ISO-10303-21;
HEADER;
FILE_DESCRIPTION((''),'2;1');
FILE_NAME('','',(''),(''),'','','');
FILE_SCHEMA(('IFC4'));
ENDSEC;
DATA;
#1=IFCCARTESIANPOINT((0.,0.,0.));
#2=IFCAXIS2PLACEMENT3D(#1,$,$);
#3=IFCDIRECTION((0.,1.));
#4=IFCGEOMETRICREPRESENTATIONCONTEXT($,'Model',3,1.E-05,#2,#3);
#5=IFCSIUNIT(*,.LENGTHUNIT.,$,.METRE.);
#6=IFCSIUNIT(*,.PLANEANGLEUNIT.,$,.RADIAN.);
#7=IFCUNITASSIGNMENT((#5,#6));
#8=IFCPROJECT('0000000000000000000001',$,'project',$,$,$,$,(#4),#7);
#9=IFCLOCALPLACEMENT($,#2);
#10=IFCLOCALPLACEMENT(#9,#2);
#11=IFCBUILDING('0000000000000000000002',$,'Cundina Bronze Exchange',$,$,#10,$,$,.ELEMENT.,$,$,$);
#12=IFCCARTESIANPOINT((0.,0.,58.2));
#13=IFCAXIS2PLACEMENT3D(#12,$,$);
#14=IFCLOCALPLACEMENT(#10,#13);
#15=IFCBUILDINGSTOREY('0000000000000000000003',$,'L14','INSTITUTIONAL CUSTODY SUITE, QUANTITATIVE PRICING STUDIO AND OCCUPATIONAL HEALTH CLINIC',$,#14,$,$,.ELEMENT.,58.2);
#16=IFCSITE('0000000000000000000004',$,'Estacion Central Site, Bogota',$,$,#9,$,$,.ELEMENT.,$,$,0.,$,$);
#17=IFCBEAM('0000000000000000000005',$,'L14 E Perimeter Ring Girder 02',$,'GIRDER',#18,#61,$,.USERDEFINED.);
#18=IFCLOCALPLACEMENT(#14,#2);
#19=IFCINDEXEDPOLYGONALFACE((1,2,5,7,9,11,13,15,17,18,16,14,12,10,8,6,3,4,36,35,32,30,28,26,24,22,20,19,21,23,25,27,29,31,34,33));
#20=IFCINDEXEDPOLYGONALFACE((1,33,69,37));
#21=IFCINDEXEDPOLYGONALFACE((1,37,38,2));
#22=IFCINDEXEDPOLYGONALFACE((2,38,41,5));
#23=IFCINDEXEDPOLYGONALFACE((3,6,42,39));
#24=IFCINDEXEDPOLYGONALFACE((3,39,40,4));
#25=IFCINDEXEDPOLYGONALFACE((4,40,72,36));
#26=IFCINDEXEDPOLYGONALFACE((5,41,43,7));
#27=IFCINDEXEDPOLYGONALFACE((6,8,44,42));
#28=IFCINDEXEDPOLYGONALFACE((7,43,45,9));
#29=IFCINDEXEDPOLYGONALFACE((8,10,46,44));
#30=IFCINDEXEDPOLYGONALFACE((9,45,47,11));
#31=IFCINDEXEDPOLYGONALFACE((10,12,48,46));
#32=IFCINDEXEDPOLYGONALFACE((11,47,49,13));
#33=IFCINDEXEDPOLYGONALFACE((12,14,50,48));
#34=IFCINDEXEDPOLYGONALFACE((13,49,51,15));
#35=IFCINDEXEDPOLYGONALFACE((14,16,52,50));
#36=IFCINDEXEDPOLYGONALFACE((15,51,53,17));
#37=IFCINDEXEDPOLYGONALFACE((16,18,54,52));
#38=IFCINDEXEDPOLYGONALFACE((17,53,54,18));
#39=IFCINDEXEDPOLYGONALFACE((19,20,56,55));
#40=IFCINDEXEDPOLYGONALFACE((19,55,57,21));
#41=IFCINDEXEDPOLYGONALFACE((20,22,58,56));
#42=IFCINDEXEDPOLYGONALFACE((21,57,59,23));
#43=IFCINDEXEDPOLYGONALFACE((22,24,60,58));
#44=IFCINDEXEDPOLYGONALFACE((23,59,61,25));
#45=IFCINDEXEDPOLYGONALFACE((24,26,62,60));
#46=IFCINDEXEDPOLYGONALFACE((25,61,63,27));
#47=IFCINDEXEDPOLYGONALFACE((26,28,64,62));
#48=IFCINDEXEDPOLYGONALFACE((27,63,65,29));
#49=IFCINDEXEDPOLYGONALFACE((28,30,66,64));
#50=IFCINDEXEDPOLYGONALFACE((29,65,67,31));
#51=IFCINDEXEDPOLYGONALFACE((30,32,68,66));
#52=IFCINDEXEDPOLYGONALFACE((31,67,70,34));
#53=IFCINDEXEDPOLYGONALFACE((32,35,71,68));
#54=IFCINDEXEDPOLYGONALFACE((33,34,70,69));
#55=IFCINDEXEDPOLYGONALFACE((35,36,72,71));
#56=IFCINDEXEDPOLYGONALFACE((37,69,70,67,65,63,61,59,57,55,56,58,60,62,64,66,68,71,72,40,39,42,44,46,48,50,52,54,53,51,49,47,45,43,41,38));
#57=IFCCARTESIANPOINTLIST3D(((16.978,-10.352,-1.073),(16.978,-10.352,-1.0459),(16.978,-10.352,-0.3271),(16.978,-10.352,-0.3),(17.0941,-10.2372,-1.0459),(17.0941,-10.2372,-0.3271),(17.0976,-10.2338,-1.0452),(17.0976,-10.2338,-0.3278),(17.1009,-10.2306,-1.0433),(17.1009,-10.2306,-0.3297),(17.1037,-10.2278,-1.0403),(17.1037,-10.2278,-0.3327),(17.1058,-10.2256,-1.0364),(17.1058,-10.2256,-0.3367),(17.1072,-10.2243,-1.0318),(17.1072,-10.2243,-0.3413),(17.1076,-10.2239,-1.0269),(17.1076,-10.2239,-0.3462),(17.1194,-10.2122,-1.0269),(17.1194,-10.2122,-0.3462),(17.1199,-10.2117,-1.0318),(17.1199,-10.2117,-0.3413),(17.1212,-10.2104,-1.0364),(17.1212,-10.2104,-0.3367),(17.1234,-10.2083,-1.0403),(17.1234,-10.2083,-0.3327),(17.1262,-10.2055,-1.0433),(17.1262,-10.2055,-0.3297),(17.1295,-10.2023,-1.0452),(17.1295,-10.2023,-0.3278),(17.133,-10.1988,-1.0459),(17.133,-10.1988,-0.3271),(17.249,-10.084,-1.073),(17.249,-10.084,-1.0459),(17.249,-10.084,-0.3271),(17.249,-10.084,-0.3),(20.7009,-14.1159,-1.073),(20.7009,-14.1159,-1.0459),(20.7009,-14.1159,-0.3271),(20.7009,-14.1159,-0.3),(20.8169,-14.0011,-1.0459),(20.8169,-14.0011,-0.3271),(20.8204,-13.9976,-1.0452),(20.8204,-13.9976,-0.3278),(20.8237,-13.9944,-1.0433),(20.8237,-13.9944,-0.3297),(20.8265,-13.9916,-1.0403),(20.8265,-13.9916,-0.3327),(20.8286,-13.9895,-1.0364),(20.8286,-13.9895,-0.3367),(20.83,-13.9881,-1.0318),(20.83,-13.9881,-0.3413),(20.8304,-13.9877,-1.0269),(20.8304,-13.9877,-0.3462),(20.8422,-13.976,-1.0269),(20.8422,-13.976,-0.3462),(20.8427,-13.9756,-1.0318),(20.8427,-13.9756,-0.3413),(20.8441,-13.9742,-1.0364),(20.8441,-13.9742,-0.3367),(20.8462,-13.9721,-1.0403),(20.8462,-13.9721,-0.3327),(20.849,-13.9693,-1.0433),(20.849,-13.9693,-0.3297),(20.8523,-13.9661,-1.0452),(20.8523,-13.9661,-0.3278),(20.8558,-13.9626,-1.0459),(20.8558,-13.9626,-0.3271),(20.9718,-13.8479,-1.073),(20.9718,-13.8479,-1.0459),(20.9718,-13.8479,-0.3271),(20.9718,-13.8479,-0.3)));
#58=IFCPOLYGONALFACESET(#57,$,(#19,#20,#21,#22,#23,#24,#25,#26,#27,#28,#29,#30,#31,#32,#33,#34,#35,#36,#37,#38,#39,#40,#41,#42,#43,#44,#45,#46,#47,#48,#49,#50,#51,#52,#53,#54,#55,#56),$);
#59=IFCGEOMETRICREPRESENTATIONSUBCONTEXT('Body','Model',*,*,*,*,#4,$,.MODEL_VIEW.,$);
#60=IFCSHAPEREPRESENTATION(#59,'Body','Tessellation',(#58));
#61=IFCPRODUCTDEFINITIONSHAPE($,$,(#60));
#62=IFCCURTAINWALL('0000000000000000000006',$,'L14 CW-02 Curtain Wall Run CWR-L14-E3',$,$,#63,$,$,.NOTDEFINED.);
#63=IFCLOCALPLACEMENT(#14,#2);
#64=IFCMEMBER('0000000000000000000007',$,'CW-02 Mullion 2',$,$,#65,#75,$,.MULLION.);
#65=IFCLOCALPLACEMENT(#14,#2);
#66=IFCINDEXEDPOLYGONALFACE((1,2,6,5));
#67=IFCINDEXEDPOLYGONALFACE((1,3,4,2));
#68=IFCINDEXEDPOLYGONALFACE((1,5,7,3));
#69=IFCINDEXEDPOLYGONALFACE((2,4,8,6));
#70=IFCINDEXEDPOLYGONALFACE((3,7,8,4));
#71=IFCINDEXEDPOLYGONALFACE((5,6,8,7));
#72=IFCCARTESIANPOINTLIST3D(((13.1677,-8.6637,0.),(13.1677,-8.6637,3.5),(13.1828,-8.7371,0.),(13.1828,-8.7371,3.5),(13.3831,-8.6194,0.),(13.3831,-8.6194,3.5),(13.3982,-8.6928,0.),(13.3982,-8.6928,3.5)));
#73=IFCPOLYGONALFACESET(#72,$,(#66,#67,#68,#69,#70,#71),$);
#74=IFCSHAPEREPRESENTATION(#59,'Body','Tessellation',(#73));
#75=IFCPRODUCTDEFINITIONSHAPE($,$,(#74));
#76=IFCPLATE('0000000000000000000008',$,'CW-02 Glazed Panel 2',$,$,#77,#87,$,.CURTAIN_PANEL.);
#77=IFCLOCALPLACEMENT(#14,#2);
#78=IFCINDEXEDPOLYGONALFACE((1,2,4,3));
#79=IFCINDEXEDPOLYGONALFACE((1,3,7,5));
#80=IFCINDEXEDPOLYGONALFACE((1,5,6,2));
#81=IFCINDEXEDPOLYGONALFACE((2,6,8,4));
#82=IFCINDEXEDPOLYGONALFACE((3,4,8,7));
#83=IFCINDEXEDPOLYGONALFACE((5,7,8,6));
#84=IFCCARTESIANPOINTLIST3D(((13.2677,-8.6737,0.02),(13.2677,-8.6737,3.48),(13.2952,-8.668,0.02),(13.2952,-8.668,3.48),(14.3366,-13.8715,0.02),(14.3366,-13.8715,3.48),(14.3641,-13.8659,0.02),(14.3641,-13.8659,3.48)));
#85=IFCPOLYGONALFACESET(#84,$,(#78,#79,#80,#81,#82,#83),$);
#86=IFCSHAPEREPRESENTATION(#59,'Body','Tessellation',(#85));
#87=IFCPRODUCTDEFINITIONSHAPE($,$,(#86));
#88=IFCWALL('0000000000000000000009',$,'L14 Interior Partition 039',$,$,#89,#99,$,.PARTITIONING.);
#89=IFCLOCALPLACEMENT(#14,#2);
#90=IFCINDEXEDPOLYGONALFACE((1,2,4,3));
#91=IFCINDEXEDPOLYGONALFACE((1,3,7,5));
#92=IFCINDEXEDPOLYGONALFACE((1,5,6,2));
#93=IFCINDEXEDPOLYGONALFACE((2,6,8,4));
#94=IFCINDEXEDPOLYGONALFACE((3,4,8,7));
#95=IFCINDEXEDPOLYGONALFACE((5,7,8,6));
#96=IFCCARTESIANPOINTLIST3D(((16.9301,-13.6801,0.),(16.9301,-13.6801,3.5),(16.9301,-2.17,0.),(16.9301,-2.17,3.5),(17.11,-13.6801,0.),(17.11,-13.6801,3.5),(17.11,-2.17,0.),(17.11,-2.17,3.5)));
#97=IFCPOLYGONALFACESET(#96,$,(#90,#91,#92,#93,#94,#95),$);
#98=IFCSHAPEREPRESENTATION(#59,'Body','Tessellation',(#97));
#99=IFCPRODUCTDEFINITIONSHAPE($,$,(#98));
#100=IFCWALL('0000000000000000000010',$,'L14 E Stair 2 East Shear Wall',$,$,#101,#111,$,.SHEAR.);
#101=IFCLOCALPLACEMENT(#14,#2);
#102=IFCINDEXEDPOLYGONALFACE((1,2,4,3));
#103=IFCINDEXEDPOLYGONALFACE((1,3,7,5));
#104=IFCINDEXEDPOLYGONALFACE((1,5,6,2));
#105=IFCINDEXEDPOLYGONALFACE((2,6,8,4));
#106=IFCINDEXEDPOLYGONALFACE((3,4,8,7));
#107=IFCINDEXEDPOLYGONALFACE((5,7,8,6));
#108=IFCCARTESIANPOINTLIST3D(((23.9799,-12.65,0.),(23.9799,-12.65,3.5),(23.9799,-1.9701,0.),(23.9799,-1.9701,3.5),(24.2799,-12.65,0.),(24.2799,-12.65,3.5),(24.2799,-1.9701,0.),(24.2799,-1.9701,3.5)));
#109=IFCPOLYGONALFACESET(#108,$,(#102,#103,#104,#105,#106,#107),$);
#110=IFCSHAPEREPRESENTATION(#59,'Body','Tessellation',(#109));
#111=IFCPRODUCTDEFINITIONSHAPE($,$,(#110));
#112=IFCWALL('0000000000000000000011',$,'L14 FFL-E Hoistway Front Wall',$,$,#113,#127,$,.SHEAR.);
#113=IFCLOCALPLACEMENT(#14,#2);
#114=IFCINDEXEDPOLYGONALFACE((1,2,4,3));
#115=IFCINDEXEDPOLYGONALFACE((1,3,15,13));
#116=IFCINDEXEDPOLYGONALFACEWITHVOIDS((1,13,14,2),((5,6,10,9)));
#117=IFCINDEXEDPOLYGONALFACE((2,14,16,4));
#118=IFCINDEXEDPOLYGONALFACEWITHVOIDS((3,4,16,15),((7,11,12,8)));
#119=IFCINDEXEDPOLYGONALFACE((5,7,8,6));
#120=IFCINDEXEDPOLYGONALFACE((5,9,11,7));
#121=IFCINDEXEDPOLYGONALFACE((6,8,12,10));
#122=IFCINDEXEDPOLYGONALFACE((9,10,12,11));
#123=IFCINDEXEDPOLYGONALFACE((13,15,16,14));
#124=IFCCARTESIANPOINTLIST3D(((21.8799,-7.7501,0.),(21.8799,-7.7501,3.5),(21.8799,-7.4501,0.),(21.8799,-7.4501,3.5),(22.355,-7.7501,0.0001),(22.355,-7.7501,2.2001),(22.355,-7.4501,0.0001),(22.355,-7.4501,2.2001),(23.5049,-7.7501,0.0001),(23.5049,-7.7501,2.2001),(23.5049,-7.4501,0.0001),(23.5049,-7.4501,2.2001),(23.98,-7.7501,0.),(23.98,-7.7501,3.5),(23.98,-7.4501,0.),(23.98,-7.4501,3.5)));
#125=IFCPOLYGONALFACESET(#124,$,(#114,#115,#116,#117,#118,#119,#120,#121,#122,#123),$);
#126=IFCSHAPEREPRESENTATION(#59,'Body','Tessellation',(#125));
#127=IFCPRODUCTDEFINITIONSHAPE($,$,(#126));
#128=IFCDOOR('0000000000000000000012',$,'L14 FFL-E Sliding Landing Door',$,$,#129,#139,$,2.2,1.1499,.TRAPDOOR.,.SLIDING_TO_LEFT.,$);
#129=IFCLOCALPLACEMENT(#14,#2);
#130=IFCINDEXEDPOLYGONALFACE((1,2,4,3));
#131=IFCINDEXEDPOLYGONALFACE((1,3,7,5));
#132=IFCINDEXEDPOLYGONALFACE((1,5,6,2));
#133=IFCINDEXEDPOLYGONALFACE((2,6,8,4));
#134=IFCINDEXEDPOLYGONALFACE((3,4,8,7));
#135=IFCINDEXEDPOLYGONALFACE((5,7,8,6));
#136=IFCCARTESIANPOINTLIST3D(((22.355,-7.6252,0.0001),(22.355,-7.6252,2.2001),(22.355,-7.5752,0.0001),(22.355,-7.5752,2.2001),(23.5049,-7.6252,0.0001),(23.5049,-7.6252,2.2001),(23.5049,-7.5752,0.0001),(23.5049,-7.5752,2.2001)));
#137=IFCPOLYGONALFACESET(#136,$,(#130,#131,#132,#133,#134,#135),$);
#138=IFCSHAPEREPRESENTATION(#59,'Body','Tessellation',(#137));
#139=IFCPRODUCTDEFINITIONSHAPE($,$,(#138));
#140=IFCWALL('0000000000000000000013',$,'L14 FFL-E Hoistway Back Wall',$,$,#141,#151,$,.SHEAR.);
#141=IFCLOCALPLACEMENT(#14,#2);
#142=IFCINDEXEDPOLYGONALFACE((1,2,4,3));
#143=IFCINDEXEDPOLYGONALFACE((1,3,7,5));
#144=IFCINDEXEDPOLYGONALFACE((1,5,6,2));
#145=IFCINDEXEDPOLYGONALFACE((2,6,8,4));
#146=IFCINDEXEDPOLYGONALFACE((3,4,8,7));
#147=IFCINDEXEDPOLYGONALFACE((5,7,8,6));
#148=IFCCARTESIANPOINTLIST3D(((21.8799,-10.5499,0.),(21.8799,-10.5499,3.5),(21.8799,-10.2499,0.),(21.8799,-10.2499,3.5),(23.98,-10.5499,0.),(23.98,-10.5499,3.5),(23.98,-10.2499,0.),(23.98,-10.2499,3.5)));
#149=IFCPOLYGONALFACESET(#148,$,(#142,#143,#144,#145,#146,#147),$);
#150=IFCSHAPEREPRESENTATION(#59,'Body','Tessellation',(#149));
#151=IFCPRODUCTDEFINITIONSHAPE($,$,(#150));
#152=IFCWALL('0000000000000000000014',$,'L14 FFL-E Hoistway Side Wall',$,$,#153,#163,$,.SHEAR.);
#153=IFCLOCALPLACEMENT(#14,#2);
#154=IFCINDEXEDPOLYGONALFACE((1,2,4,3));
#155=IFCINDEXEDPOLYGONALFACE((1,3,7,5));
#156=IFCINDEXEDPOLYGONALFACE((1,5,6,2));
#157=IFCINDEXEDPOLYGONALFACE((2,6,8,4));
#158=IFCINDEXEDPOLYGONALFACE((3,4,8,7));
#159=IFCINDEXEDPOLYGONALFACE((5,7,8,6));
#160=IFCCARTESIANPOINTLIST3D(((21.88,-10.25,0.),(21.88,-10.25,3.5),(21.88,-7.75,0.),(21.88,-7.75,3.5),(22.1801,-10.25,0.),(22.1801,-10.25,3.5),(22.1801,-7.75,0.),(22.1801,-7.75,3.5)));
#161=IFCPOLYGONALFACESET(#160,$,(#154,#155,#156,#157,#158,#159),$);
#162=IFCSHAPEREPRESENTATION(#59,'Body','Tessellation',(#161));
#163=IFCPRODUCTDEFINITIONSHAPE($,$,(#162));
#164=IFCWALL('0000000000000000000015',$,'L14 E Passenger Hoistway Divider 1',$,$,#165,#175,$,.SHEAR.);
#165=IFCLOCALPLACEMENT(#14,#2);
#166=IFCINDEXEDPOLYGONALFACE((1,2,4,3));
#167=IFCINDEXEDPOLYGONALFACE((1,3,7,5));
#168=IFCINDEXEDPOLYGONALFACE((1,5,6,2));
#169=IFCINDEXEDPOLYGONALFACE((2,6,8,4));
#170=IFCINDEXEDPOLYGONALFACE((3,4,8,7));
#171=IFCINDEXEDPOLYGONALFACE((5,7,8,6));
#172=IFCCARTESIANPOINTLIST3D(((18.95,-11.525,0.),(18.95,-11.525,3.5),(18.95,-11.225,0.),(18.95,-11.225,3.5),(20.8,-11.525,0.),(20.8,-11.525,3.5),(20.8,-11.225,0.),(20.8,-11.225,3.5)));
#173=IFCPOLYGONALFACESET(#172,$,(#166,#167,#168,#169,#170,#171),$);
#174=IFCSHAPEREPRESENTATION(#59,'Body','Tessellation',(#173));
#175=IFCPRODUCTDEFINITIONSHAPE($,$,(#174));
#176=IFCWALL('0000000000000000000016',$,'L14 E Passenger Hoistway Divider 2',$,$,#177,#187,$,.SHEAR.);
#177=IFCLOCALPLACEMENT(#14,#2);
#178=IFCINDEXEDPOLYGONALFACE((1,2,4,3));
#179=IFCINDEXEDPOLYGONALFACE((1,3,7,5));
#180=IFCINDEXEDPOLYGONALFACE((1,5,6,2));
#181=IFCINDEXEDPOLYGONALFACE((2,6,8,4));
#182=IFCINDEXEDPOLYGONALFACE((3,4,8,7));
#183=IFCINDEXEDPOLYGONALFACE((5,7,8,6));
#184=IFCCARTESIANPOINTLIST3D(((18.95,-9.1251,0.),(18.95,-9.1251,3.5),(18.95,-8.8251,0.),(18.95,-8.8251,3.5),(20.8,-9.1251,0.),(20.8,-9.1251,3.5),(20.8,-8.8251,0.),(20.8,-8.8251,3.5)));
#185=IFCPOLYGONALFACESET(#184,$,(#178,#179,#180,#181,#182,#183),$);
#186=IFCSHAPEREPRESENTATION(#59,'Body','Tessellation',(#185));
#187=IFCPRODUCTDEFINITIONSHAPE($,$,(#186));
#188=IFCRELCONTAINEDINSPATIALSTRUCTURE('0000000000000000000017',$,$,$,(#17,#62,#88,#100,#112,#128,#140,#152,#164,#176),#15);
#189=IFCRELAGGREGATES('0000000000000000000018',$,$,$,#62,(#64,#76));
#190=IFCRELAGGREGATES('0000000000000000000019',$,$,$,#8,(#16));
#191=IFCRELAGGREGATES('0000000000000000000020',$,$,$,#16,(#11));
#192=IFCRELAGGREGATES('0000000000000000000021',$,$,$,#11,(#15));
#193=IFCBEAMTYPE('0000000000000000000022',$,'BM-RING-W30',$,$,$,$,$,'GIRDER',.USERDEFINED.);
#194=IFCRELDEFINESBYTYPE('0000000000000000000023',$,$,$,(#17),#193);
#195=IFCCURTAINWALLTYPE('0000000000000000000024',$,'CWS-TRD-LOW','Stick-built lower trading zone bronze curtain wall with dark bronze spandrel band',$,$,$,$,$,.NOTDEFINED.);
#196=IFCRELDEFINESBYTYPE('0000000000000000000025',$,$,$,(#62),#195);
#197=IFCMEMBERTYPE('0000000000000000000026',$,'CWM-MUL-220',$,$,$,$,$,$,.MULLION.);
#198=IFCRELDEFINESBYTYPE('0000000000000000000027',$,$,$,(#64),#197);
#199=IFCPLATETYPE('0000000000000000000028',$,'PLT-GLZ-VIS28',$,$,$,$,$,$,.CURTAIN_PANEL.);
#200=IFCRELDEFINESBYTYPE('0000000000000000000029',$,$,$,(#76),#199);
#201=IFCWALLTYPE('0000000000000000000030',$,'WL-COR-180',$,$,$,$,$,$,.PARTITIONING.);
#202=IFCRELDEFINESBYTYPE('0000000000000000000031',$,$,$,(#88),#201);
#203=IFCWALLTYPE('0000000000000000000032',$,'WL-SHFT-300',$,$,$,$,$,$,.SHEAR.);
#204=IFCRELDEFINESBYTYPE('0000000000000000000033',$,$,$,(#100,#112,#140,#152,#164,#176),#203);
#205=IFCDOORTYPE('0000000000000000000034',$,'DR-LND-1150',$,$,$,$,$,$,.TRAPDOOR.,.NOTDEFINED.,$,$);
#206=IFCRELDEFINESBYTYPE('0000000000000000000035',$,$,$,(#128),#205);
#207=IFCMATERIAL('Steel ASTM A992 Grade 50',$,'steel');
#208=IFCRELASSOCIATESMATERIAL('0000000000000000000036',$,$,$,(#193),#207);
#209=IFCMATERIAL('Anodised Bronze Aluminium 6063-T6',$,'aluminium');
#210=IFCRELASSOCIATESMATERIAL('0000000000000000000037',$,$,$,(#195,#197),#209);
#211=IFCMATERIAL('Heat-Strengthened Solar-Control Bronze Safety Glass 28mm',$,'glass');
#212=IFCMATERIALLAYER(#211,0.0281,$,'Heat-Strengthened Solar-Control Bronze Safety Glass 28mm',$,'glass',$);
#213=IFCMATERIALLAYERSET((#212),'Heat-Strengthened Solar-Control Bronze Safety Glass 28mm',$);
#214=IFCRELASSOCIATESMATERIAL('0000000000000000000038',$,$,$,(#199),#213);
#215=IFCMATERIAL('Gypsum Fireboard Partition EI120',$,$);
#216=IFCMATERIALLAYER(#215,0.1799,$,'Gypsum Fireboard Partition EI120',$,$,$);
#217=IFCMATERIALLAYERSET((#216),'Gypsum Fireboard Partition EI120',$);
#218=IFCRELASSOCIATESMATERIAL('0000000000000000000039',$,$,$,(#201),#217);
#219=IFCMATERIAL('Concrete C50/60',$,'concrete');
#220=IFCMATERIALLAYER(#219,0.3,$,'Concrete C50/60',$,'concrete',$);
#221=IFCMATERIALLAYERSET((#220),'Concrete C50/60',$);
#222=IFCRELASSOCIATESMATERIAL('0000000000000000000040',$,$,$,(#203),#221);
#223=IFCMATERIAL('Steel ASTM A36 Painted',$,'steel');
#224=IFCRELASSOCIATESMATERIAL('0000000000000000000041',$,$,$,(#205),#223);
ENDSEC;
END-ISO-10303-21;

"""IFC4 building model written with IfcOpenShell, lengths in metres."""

from ifc_helpers import new_model, si_unit, direction, frame, frame_2d, origin, origin_2d, place, context, subcontext, project, spatial, rectangle, i_section, extrude, material, layer, layer_set, material_profile, profile_set, type_object, element, fill, aggregate, save


model = new_model("IFC4")

# Units and contexts
model_context = context("Model", 3, precision=1e-05, world=origin(), true_north=direction((0.0, 1.0)))
body_context = subcontext(model_context, "Body", "Model", "MODEL_VIEW")
ifc_project = project(units=[si_unit("LENGTHUNIT", "METRE"), si_unit("PLANEANGLEUNIT", "RADIAN")], contexts=[model_context])

# Site, building, storey
site_placement = place(None, origin())
site = spatial("IfcSite", under=ifc_project, at=site_placement, Name="Estacion Central Site, Bogota", CompositionType="ELEMENT", RefElevation=0.0)
building_placement = place(site_placement, origin())
building = spatial("IfcBuilding", under=site, at=building_placement, Name="Cundina Bronze Exchange", CompositionType="ELEMENT")
storey_placement = place(building_placement, frame((0.0, 0.0, 58.2)))
storey = spatial("IfcBuildingStorey", under=building, at=storey_placement, Name="L14", Description="INSTITUTIONAL CUSTODY SUITE, QUANTITATIVE PRICING STUDIO AND OCCUPATIONAL HEALTH CLINIC", CompositionType="ELEMENT", Elevation=58.2)

# Beam
ifc_material_1 = material(Name="Steel ASTM A992 Grade 50", Category="steel")
ifc_material_profile_1 = material_profile(ifc_material_1, i_section(OverallWidth=0.3811, OverallDepth=0.7729, WebThickness=0.0166, FlangeThickness=0.0271, FilletRadius=0.019, at=origin_2d()), Name="W30X173", Category="steel")
ifc_profile_set_1 = profile_set([ifc_material_profile_1], Name="Steel ASTM A992 Grade 50")
beam_type_1 = type_object("IfcBeamType", Name="BM-RING-W30", ElementType="GIRDER", PredefinedType="USERDEFINED", material=ifc_profile_set_1)
beam_1_placement = place(storey_placement, frame((17.1135, -10.218, -0.6865), z_axis=(0.703222, -0.71097, 0.0), x_axis=(0.71097, 0.703222, 0.0)))
element("IfcBeam", 1, at=beam_1_placement, inside=storey, type_object=beam_type_1, Name="L14 E Perimeter Ring Girder 02", ObjectType="GIRDER", PredefinedType="USERDEFINED", context=body_context, shape_type="SweptSolid", body=[
    extrude(i_section(OverallWidth=0.3811, OverallDepth=0.7729, WebThickness=0.0166, FlangeThickness=0.0271, FilletRadius=0.019, at=origin_2d()), origin(), (0.0, 0.0, 1.0), 5.2939),
])

# Curtain wall, member, plate
ifc_material_2 = material(Name="Anodised Bronze Aluminium 6063-T6", Category="aluminium")
curtain_wall_type = type_object("IfcCurtainWallType", Name="CWS-TRD-LOW", Description="Stick-built lower trading zone bronze curtain wall with dark bronze spandrel band", PredefinedType="NOTDEFINED", material=ifc_material_2)
curtain_wall_placement = place(storey_placement, origin())
curtain_wall = element("IfcCurtainWall", 2, at=curtain_wall_placement, inside=storey, type_object=curtain_wall_type, Name="L14 CW-02 Curtain Wall Run CWR-L14-E3", PredefinedType="NOTDEFINED")
ifc_material_profile_2 = material_profile(ifc_material_2, rectangle(XDim=0.075, YDim=0.22, at=origin_2d()), Name="AL75X220", Category="aluminium")
ifc_profile_set_2 = profile_set([ifc_material_profile_2], Name="Anodised Bronze Aluminium 6063-T6")
member_type = type_object("IfcMemberType", Name="CWM-MUL-220", PredefinedType="MULLION", material=ifc_profile_set_2)
member_placement = place(storey_placement, frame((13.283, -8.6782, 0.0), z_axis=(0.0, 0.0, 1.0), x_axis=(0.20142, -0.979505, 0.0)))
member = element("IfcMember", 3, at=member_placement, type_object=member_type, Name="CW-02 Mullion 2", PredefinedType="MULLION", context=body_context, shape_type="SweptSolid", body=[
    extrude(rectangle(XDim=0.075, YDim=0.22, at=origin_2d()), origin(), (0.0, 0.0, 1.0), 3.5),
])
ifc_material_3 = material(Name="Heat-Strengthened Solar-Control Bronze Safety Glass 28mm", Category="glass")
ifc_layer_1 = layer(ifc_material_3, 0.0281, Name="Heat-Strengthened Solar-Control Bronze Safety Glass 28mm", Category="glass")
ifc_layer_set_1 = layer_set([ifc_layer_1], Name="Heat-Strengthened Solar-Control Bronze Safety Glass 28mm")
plate_type = type_object("IfcPlateType", Name="PLT-GLZ-VIS28", PredefinedType="CURTAIN_PANEL", material=ifc_layer_set_1)
plate_placement = place(storey_placement, frame((13.8159, -11.2698, 0.02), z_axis=(0.0, 0.0, 1.0), x_axis=(0.20142, -0.979505, 0.0)))
plate = element("IfcPlate", 4, at=plate_placement, type_object=plate_type, Name="CW-02 Glazed Panel 2", PredefinedType="CURTAIN_PANEL", context=body_context, shape_type="SweptSolid", body=[
    extrude(rectangle(XDim=5.3066, YDim=0.0281, at=origin_2d()), origin(), (0.0, 0.0, 1.0), 3.46),
])
aggregate(curtain_wall, [member, plate])

# Walls
ifc_material_4 = material(Name="Gypsum Fireboard Partition EI120")
ifc_layer_2 = layer(ifc_material_4, 0.1799, Name="Gypsum Fireboard Partition EI120")
ifc_layer_set_2 = layer_set([ifc_layer_2], Name="Gypsum Fireboard Partition EI120")
wall_type_1 = type_object("IfcWallType", Name="WL-COR-180", PredefinedType="PARTITIONING", material=ifc_layer_set_2)
wall_1_placement = place(storey_placement, frame((17.02, -13.6799, 0.0), z_axis=(0.0, 0.0, 1.0), x_axis=(0.0, 1.0, 0.0)))
element("IfcWall", 5, at=wall_1_placement, inside=storey, type_object=wall_type_1, Name="L14 Interior Partition 039", PredefinedType="PARTITIONING", context=body_context, shape_type="SweptSolid", body=[
    extrude(rectangle(XDim=11.51, YDim=0.1799, at=frame_2d((5.7549, 0.0))), origin(), (0.0, 0.0, 1.0), 3.5),
])
ifc_material_5 = material(Name="Concrete C50/60", Category="concrete")
ifc_layer_3 = layer(ifc_material_5, 0.3, Name="Concrete C50/60", Category="concrete")
ifc_layer_set_3 = layer_set([ifc_layer_3], Name="Concrete C50/60")
wall_type_2 = type_object("IfcWallType", Name="WL-SHFT-300", PredefinedType="SHEAR", material=ifc_layer_set_3)
wall_2_placement = place(storey_placement, frame((24.1299, -12.6499, 0.0), z_axis=(0.0, 0.0, 1.0), x_axis=(0.0, 1.0, 0.0)))
element("IfcWall", 6, at=wall_2_placement, inside=storey, type_object=wall_type_2, Name="L14 E Stair 2 East Shear Wall", PredefinedType="SHEAR", context=body_context, shape_type="SweptSolid", body=[
    extrude(rectangle(XDim=10.6799, YDim=0.3, at=frame_2d((5.3398, 0.0))), origin(), (0.0, 0.0, 1.0), 3.5),
])

# Wall, opening, door
ifc_material_6 = material(Name="Steel ASTM A36 Painted", Category="steel")
wall_3_placement = place(storey_placement, frame((21.8799, -7.6001, 0.0), z_axis=(0.0, 0.0, 1.0), x_axis=(1.0, 0.0, 0.0)))
wall_3 = element("IfcWall", 7, at=wall_3_placement, inside=storey, type_object=wall_type_2, Name="L14 FFL-E Hoistway Front Wall", PredefinedType="SHEAR", context=body_context, shape_type="SweptSolid", body=[
    extrude(rectangle(XDim=2.1001, YDim=0.3, at=frame_2d((1.05, 0.0))), origin(), (0.0, 0.0, 1.0), 3.5),
])
opening_1_placement = place(wall_3_placement, frame((0.4751, 0.0, 0.0)))
opening_1 = element("IfcOpeningElement", 8, at=opening_1_placement, cuts=wall_3, PredefinedType="OPENING", context=body_context, shape_type="SweptSolid", body=[
    extrude(rectangle(XDim=1.1499, YDim=2.2, at=frame_2d((0.575, 1.1001))), frame((0.0, 0.1599, 0.0), z_axis=(0.0, -1.0, 0.0), x_axis=(1.0, 0.0, 0.0)), (0.0, 0.0, 1.0), 0.3201),
])
door_type_1 = type_object("IfcDoorType", Name="DR-LND-1150", OperationType="NOTDEFINED", PredefinedType="TRAPDOOR", material=ifc_material_6)
door_1_placement = place(opening_1_placement, origin())
door_1 = element("IfcDoor", 9, at=door_1_placement, inside=storey, type_object=door_type_1, Name="L14 FFL-E Sliding Landing Door", OperationType="SLIDING_TO_LEFT", OverallHeight=2.2, OverallWidth=1.1499, PredefinedType="TRAPDOOR", context=body_context, shape_type="SweptSolid", body=[
    extrude(rectangle(XDim=1.1499, YDim=2.2, at=frame_2d((0.575, 1.1001))), frame((0.0, 0.0249, 0.0), z_axis=(0.0, -1.0, 0.0), x_axis=(1.0, 0.0, 0.0)), (0.0, 0.0, 1.0), 0.05),
])
fill(opening_1, door_1)

# Walls
wall_4_placement = place(storey_placement, frame((21.8799, -10.3999, 0.0), z_axis=(0.0, 0.0, 1.0), x_axis=(1.0, 0.0, 0.0)))
element("IfcWall", 10, at=wall_4_placement, inside=storey, type_object=wall_type_2, Name="L14 FFL-E Hoistway Back Wall", PredefinedType="SHEAR", context=body_context, shape_type="SweptSolid", body=[
    extrude(rectangle(XDim=2.1001, YDim=0.3, at=frame_2d((1.05, 0.0))), origin(), (0.0, 0.0, 1.0), 3.5),
])
wall_5_placement = place(storey_placement, frame((22.03, -10.25, 0.0), z_axis=(0.0, 0.0, 1.0), x_axis=(0.0, 1.0, 0.0)))
element("IfcWall", 11, at=wall_5_placement, inside=storey, type_object=wall_type_2, Name="L14 FFL-E Hoistway Side Wall", PredefinedType="SHEAR", context=body_context, shape_type="SweptSolid", body=[
    extrude(rectangle(XDim=2.5, YDim=0.3, at=frame_2d((1.25, 0.0))), origin(), (0.0, 0.0, 1.0), 3.5),
])
for number, where, z_axis, x_axis, name in (
    (12, (18.95, -11.375, 0.0), (0.0, 0.0, 1.0), (1.0, 0.0, 0.0), "L14 E Passenger Hoistway Divider 1"),
    (13, (18.95, -8.9751, 0.0), (0.0, 0.0, 1.0), (1.0, 0.0, 0.0), "L14 E Passenger Hoistway Divider 2"),
):
    element("IfcWall", number, at=place(storey_placement, frame(where, z_axis=z_axis, x_axis=x_axis)), inside=storey, type_object=wall_type_2, Name=name, PredefinedType="SHEAR", context=body_context, shape_type="SweptSolid", body=[
        extrude(rectangle(XDim=1.8501, YDim=0.3, at=frame_2d((0.925, 0.0))), origin(), (0.0, 0.0, 1.0), 3.5),
    ])

save(model, "model.ifc")
